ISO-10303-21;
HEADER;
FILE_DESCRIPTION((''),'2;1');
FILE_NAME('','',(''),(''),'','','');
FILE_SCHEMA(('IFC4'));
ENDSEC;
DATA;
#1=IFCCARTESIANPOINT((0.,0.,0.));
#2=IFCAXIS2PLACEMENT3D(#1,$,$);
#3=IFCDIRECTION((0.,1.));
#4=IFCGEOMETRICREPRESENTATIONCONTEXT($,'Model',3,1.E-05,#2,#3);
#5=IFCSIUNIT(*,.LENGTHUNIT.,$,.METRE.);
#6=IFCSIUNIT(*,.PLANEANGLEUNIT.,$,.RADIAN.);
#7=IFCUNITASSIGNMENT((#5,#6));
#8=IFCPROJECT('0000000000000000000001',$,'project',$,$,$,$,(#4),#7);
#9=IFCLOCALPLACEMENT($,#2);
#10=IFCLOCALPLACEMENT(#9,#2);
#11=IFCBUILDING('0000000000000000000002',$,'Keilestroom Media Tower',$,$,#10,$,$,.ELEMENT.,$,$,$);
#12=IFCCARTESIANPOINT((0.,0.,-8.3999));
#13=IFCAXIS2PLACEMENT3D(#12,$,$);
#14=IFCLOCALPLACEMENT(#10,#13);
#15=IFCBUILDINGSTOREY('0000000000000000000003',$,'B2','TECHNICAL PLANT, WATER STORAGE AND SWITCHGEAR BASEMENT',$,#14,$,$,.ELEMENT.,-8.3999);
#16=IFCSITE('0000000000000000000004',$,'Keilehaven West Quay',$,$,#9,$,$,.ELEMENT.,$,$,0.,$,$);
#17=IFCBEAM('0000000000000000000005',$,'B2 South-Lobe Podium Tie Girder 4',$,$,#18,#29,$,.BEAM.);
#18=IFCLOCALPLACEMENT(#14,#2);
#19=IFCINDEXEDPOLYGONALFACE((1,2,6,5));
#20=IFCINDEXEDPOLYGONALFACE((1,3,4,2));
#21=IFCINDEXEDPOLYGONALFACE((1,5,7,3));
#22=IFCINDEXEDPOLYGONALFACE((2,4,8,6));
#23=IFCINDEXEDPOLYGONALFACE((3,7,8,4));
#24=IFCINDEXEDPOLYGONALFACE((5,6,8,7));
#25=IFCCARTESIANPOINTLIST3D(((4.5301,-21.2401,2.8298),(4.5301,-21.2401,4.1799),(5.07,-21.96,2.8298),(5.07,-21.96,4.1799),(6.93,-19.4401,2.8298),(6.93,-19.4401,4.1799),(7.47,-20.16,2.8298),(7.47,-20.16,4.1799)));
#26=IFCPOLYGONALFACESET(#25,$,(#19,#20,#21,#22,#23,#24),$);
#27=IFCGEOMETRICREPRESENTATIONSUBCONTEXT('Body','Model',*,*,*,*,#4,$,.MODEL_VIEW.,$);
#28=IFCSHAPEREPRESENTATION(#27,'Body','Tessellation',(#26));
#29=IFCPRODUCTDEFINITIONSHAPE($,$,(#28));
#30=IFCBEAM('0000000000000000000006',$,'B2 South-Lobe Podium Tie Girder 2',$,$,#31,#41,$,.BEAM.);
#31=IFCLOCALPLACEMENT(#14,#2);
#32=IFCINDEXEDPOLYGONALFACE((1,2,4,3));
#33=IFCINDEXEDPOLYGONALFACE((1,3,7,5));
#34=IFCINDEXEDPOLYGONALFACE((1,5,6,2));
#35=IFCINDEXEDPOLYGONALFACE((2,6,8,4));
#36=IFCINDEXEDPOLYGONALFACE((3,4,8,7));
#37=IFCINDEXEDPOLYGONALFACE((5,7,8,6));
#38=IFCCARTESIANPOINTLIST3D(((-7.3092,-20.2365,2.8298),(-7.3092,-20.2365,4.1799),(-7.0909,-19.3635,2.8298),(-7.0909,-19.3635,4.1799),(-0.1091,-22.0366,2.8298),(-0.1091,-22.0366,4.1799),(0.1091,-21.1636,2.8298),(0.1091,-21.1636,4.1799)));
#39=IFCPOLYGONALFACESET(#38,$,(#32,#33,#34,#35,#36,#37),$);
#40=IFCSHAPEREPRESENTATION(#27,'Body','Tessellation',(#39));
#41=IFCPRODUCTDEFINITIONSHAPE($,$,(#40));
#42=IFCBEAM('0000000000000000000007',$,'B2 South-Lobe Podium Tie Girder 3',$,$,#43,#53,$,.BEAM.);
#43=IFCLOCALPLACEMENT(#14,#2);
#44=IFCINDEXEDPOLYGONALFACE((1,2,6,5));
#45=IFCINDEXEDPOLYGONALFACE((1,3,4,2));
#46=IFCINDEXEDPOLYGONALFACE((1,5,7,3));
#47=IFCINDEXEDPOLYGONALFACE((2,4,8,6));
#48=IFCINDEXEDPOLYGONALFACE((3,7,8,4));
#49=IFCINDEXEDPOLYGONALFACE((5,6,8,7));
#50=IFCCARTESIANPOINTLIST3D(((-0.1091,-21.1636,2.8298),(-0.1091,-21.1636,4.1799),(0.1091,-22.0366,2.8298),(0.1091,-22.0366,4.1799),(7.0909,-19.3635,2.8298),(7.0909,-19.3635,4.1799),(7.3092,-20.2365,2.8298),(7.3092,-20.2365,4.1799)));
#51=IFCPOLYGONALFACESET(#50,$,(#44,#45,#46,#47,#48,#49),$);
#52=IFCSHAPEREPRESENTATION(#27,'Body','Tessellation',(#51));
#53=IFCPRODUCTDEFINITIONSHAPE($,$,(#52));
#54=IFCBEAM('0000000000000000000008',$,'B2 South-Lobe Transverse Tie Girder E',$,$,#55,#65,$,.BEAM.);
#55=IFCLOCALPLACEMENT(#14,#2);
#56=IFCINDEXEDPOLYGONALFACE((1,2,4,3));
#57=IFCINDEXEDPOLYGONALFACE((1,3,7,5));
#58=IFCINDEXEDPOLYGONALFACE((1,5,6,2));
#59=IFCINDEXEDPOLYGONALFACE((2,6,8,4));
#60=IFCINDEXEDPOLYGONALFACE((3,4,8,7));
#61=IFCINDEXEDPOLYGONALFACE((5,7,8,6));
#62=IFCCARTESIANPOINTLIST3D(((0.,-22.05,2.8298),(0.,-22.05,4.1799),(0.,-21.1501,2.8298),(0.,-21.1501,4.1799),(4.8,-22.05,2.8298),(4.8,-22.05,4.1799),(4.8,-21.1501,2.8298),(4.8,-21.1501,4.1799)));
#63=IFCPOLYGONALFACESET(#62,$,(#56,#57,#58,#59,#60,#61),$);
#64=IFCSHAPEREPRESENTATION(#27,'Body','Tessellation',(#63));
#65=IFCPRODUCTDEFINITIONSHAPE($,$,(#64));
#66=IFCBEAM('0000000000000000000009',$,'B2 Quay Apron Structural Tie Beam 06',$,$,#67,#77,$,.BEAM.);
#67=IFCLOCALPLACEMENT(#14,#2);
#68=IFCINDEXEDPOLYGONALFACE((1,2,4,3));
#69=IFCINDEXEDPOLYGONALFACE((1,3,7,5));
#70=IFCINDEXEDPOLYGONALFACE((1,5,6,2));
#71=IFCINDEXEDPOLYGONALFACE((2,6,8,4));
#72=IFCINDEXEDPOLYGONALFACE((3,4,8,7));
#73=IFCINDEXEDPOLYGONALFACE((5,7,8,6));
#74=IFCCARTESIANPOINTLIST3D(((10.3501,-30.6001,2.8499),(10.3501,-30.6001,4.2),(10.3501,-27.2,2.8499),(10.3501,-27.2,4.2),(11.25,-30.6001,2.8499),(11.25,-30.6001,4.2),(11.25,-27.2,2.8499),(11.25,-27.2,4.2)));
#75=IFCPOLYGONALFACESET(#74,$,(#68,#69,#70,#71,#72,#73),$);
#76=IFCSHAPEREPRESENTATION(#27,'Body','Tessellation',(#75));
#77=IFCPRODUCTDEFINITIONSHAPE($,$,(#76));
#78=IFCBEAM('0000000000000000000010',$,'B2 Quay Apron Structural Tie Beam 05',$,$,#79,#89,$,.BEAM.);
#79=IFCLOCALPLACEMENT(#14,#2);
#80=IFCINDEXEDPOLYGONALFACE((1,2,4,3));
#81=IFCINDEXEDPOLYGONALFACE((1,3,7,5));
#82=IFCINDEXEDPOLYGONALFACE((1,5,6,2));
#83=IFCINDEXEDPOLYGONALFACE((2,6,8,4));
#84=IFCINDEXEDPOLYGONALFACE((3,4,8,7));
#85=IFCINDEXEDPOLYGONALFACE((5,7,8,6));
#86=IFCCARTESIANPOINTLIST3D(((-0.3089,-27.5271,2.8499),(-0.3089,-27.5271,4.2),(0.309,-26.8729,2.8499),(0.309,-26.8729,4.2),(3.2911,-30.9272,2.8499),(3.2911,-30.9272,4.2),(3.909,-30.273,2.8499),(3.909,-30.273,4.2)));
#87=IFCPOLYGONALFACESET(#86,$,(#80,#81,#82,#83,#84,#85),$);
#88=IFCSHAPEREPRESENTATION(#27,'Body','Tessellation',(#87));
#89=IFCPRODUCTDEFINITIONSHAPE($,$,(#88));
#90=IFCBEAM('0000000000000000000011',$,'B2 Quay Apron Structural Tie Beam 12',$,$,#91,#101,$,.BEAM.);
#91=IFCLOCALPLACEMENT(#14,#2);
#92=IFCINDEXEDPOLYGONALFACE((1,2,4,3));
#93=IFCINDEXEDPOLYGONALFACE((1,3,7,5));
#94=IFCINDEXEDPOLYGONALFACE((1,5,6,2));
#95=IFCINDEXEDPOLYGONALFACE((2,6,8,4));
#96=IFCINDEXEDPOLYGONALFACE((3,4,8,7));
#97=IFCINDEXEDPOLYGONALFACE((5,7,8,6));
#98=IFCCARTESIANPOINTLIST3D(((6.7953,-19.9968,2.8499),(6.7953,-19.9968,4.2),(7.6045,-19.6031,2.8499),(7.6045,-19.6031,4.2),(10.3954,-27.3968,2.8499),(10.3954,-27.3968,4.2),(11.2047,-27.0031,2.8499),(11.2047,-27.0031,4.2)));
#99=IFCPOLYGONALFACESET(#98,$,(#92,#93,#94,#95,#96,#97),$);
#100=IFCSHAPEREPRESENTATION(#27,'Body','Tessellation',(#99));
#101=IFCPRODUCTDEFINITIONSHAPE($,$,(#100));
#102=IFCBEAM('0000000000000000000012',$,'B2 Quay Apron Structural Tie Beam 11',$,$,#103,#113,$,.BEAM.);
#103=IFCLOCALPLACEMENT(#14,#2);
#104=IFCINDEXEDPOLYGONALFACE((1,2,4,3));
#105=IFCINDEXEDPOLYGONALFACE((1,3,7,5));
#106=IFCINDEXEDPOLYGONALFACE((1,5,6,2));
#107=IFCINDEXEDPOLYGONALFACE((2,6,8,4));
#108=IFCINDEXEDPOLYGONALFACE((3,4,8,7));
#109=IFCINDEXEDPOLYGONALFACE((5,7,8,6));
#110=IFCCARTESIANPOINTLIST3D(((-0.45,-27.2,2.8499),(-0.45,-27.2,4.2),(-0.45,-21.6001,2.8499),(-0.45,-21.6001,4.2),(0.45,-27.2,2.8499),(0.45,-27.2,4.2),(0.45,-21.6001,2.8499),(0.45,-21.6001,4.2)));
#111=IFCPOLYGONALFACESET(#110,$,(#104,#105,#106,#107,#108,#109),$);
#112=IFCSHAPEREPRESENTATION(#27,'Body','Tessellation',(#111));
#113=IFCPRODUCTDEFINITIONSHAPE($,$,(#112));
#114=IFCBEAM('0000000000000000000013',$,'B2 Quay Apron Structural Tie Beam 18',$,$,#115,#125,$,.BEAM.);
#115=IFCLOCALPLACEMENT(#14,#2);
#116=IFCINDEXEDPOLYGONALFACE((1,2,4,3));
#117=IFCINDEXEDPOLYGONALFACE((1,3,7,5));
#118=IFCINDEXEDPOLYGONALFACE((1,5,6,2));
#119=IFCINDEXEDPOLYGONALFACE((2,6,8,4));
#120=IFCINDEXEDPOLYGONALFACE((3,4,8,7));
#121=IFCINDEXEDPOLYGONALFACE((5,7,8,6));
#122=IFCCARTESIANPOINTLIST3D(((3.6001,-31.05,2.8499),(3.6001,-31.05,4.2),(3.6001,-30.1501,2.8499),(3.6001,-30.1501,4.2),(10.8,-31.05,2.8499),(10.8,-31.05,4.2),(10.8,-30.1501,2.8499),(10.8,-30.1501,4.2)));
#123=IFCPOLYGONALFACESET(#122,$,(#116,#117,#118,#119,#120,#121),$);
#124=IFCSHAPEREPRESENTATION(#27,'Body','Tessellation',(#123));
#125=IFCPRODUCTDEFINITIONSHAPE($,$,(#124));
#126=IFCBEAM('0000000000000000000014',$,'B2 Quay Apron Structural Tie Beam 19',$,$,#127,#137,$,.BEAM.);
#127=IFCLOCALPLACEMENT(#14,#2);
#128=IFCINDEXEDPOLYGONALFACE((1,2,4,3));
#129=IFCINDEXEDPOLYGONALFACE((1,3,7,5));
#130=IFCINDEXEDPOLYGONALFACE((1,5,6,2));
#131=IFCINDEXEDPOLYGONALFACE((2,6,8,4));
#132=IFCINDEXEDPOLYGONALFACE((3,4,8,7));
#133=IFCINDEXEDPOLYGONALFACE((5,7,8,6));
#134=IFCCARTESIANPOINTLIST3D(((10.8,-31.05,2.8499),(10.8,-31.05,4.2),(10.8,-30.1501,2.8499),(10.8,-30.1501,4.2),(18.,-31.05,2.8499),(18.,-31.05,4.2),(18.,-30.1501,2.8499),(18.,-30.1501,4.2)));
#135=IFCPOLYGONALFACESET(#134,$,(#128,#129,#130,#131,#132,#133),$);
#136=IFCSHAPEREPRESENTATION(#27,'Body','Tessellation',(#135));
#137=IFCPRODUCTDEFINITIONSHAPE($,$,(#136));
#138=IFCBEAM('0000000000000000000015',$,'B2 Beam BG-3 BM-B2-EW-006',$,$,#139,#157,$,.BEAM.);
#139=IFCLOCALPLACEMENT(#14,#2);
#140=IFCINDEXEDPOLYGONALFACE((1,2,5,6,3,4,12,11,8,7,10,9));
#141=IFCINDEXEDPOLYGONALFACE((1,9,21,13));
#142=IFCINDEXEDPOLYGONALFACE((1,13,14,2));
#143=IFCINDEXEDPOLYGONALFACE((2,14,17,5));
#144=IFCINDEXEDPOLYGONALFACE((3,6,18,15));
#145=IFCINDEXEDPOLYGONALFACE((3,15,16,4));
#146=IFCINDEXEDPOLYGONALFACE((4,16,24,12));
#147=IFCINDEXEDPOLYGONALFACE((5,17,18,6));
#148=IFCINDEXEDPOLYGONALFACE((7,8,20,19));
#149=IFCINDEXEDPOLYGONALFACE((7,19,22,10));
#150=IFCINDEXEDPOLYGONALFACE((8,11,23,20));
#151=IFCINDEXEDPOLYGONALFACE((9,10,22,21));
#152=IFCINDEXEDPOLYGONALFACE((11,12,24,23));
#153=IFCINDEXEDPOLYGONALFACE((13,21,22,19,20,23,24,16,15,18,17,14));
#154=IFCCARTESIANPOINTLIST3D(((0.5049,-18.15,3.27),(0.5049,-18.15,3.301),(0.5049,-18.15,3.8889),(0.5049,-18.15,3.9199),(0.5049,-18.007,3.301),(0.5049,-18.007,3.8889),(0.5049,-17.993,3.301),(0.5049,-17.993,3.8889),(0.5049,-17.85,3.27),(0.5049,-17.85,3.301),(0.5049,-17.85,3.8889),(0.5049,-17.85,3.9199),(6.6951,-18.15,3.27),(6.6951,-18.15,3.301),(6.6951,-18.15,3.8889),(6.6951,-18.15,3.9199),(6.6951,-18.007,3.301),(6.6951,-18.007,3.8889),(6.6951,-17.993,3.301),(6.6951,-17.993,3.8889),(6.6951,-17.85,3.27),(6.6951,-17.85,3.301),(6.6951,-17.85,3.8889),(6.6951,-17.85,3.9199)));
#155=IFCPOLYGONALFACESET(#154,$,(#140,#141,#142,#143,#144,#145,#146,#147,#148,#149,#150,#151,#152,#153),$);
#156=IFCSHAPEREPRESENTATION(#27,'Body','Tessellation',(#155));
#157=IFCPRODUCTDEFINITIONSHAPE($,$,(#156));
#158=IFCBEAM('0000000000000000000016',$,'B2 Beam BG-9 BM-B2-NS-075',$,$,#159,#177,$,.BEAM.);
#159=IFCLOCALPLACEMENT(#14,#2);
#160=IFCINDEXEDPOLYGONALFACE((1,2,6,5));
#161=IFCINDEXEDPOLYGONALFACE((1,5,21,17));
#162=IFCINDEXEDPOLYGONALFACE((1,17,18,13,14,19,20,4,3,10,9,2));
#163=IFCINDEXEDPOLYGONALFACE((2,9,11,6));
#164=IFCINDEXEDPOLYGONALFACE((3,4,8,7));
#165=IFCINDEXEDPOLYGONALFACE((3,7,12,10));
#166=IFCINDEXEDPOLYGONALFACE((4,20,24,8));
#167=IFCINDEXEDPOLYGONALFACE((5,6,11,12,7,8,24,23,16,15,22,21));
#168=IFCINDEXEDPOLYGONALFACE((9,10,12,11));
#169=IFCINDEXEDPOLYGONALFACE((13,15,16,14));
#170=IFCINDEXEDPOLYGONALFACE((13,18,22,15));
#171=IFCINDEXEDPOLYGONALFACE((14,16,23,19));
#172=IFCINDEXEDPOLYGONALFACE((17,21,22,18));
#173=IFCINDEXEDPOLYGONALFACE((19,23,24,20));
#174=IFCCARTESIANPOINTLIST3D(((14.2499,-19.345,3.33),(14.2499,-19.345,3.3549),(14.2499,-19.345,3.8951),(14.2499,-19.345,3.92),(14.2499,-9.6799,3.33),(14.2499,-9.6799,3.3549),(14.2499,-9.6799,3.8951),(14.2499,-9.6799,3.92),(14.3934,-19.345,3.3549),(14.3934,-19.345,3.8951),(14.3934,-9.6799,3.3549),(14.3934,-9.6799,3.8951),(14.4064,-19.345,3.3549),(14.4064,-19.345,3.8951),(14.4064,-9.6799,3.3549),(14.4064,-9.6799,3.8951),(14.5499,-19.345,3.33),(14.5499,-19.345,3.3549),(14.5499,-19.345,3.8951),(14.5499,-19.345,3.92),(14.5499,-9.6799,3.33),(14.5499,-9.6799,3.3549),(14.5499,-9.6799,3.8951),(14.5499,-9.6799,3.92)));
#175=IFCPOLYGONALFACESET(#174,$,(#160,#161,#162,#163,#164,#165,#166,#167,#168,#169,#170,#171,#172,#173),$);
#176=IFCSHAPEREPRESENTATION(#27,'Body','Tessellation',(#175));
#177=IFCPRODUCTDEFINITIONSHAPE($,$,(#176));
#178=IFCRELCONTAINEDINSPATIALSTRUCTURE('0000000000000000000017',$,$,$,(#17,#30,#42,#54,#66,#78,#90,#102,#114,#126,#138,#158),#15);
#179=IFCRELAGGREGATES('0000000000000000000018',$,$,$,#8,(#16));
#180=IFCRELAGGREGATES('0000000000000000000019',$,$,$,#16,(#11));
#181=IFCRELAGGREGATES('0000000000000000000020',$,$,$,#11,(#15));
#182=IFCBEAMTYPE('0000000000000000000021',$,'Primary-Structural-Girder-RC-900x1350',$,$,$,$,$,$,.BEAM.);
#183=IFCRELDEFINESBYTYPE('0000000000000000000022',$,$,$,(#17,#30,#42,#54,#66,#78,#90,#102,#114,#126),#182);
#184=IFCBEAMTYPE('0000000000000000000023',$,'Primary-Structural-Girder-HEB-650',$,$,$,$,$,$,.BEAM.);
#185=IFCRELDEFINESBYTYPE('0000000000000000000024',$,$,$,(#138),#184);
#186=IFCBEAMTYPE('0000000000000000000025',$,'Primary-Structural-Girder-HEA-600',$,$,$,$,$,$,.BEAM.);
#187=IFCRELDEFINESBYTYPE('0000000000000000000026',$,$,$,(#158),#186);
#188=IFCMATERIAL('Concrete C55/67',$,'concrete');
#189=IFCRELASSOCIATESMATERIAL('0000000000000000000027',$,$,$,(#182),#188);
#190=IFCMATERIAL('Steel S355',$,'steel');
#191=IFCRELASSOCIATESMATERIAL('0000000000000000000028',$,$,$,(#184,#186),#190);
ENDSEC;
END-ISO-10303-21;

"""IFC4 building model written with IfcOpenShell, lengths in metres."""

from ifc_helpers import new_model, si_unit, direction, frame, origin, origin_2d, place, context, subcontext, project, spatial, rectangle, i_section, extrude, source, transform, mapped, material, material_profile, profile_set, type_object, element, save


model = new_model("IFC4")

# Units and contexts
model_context = context("Model", 3, precision=1e-05, world=origin(), true_north=direction((0.0, 1.0)))
body_context = subcontext(model_context, "Body", "Model", "MODEL_VIEW")
ifc_project = project(units=[si_unit("LENGTHUNIT", "METRE"), si_unit("PLANEANGLEUNIT", "RADIAN")], contexts=[model_context])

# Site, building, storey
site_placement = place(None, origin())
site = spatial("IfcSite", under=ifc_project, at=site_placement, Name="Keilehaven West Quay", CompositionType="ELEMENT", RefElevation=0.0)
building_placement = place(site_placement, origin())
building = spatial("IfcBuilding", under=site, at=building_placement, Name="Keilestroom Media Tower", CompositionType="ELEMENT")
storey_placement = place(building_placement, frame((0.0, 0.0, -8.3999)))
storey = spatial("IfcBuildingStorey", under=building, at=storey_placement, Name="B2", Description="TECHNICAL PLANT, WATER STORAGE AND SWITCHGEAR BASEMENT", CompositionType="ELEMENT", Elevation=-8.3999)

# Shared definitions
ifc_material_1 = material(Name="Concrete C55/67", Category="concrete")

# Beams
ifc_material_profile_1 = material_profile(ifc_material_1, rectangle(XDim=0.8999, YDim=1.3501, at=origin_2d()), Name="RC 900x1350")
ifc_profile_set_1 = profile_set([ifc_material_profile_1], Name="Concrete C55/67")
beam_type_1 = type_object("IfcBeamType", Name="Primary-Structural-Girder-RC-900x1350", PredefinedType="BEAM", material=ifc_profile_set_1)
shared_shape_1 = source(origin(), body_context, "Body", "SweptSolid", [
    extrude(rectangle(XDim=0.8999, YDim=1.3501, at=origin_2d()), origin(), (0.0, 0.0, 1.0), 3.0),
])
beam_1_placement = place(storey_placement, frame((4.8, -21.6001, 3.5049), z_axis=(0.79998, 0.600026, 0.0), x_axis=(-0.600026, 0.79998, 0.0)))
element("IfcBeam", 1, at=beam_1_placement, inside=storey, type_object=beam_type_1, Name="B2 South-Lobe Podium Tie Girder 4", PredefinedType="BEAM", context=body_context, shape_type="MappedRepresentation", body=[
    mapped(shared_shape_1, transform((0.0, 0.0, 0.0), x_axis=(1.0, 0.0, 0.0), y_axis=(0.0, 1.0, 0.0), z_axis=(0.0, 0.0, 1.0), scale=1.0)),
])
shared_shape_2 = source(origin(), body_context, "Body", "SweptSolid", [
    extrude(rectangle(XDim=0.8999, YDim=1.3501, at=origin_2d()), origin(), (0.0, 0.0, 1.0), 7.4216),
])
for number, where, z_axis, x_axis, name in (
    (2, (0.0, -21.6001, 3.5049), (-0.970141, 0.242543, 0.0), (-0.242543, -0.970141, 0.0), "B2 South-Lobe Podium Tie Girder 2"),
    (3, (0.0, -21.6001, 3.5049), (0.970141, 0.242543, 0.0), (-0.242543, 0.970141, 0.0), "B2 South-Lobe Podium Tie Girder 3"),
):
    element("IfcBeam", number, at=place(storey_placement, frame(where, z_axis=z_axis, x_axis=x_axis)), inside=storey, type_object=beam_type_1, Name=name, PredefinedType="BEAM", context=body_context, shape_type="MappedRepresentation", body=[
        mapped(shared_shape_2, transform((0.0, 0.0, 0.0), x_axis=(1.0, 0.0, 0.0), y_axis=(0.0, 1.0, 0.0), z_axis=(0.0, 0.0, 1.0), scale=1.0)),
    ])
shared_shape_3 = source(origin(), body_context, "Body", "SweptSolid", [
    extrude(rectangle(XDim=0.8999, YDim=1.3501, at=origin_2d()), origin(), (0.0, 0.0, 1.0), 4.8),
])
beam_2_placement = place(storey_placement, frame((0.0, -21.6001, 3.5049), z_axis=(1.0, 0.0, 0.0), x_axis=(0.0, 1.0, 0.0)))
element("IfcBeam", 4, at=beam_2_placement, inside=storey, type_object=beam_type_1, Name="B2 South-Lobe Transverse Tie Girder E", PredefinedType="BEAM", context=body_context, shape_type="MappedRepresentation", body=[
    mapped(shared_shape_3, transform((0.0, 0.0, 0.0), x_axis=(1.0, 0.0, 0.0), y_axis=(0.0, 1.0, 0.0), z_axis=(0.0, 0.0, 1.0), scale=1.0)),
])
shared_shape_4 = source(origin(), body_context, "Body", "SweptSolid", [
    extrude(rectangle(XDim=0.8999, YDim=1.3501, at=origin_2d()), origin(), (0.0, 0.0, 1.0), 3.4001),
])
beam_3_placement = place(storey_placement, frame((10.8, -30.6001, 3.5249), z_axis=(0.0, 1.0, 0.0), x_axis=(-1.0, 0.0, 0.0)))
element("IfcBeam", 5, at=beam_3_placement, inside=storey, type_object=beam_type_1, Name="B2 Quay Apron Structural Tie Beam 06", PredefinedType="BEAM", context=body_context, shape_type="MappedRepresentation", body=[
    mapped(shared_shape_4, transform((0.0, 0.0, 0.0), x_axis=(1.0, 0.0, 0.0), y_axis=(0.0, 1.0, 0.0), z_axis=(0.0, 0.0, 1.0), scale=1.0)),
])
shared_shape_5 = source(origin(), body_context, "Body", "SweptSolid", [
    extrude(rectangle(XDim=0.8999, YDim=1.3501, at=origin_2d()), origin(), (0.0, 0.0, 1.0), 4.9519),
])
beam_4_placement = place(storey_placement, frame((3.6001, -30.6001, 3.5249), z_axis=(-0.727008, 0.686629, 0.0), x_axis=(-0.686629, -0.727008, 0.0)))
element("IfcBeam", 6, at=beam_4_placement, inside=storey, type_object=beam_type_1, Name="B2 Quay Apron Structural Tie Beam 05", PredefinedType="BEAM", context=body_context, shape_type="MappedRepresentation", body=[
    mapped(shared_shape_5, transform((0.0, 0.0, 0.0), x_axis=(1.0, 0.0, 0.0), y_axis=(0.0, 1.0, 0.0), z_axis=(0.0, 0.0, 1.0), scale=1.0)),
])
shared_shape_6 = source(origin(), body_context, "Body", "SweptSolid", [
    extrude(rectangle(XDim=0.8999, YDim=1.3501, at=origin_2d()), origin(), (0.0, 0.0, 1.0), 8.2292),
])
beam_5_placement = place(storey_placement, frame((10.8, -27.2, 3.5249), z_axis=(-0.43748, 0.899228, 0.0), x_axis=(-0.899228, -0.43748, 0.0)))
element("IfcBeam", 7, at=beam_5_placement, inside=storey, type_object=beam_type_1, Name="B2 Quay Apron Structural Tie Beam 12", PredefinedType="BEAM", context=body_context, shape_type="MappedRepresentation", body=[
    mapped(shared_shape_6, transform((0.0, 0.0, 0.0), x_axis=(1.0, 0.0, 0.0), y_axis=(0.0, 1.0, 0.0), z_axis=(0.0, 0.0, 1.0), scale=1.0)),
])
shared_shape_7 = source(origin(), body_context, "Body", "SweptSolid", [
    extrude(rectangle(XDim=0.8999, YDim=1.3501, at=origin_2d()), origin(), (0.0, 0.0, 1.0), 5.5999),
])
beam_6_placement = place(storey_placement, frame((0.0, -27.2, 3.5249), z_axis=(0.0, 1.0, 0.0), x_axis=(-1.0, 0.0, 0.0)))
element("IfcBeam", 8, at=beam_6_placement, inside=storey, type_object=beam_type_1, Name="B2 Quay Apron Structural Tie Beam 11", PredefinedType="BEAM", context=body_context, shape_type="MappedRepresentation", body=[
    mapped(shared_shape_7, transform((0.0, 0.0, 0.0), x_axis=(1.0, 0.0, 0.0), y_axis=(0.0, 1.0, 0.0), z_axis=(0.0, 0.0, 1.0), scale=1.0)),
])
shared_shape_8 = source(origin(), body_context, "Body", "SweptSolid", [
    extrude(rectangle(XDim=0.8999, YDim=1.3501, at=origin_2d()), origin(), (0.0, 0.0, 1.0), 7.2),
])
for number, where, z_axis, x_axis, name in (
    (9, (3.6001, -30.6001, 3.5249), (1.0, 0.0, 0.0), (0.0, 1.0, 0.0), "B2 Quay Apron Structural Tie Beam 18"),
    (10, (10.8, -30.6001, 3.5249), (1.0, 0.0, 0.0), (0.0, 1.0, 0.0), "B2 Quay Apron Structural Tie Beam 19"),
):
    element("IfcBeam", number, at=place(storey_placement, frame(where, z_axis=z_axis, x_axis=x_axis)), inside=storey, type_object=beam_type_1, Name=name, PredefinedType="BEAM", context=body_context, shape_type="MappedRepresentation", body=[
        mapped(shared_shape_8, transform((0.0, 0.0, 0.0), x_axis=(1.0, 0.0, 0.0), y_axis=(0.0, 1.0, 0.0), z_axis=(0.0, 0.0, 1.0), scale=1.0)),
    ])
ifc_material_2 = material(Name="Steel S355", Category="steel")
ifc_material_profile_2 = material_profile(ifc_material_2, i_section(OverallWidth=0.3, OverallDepth=0.6499, WebThickness=0.0139, FlangeThickness=0.031, at=origin_2d()), Name="HEB 650")
ifc_profile_set_2 = profile_set([ifc_material_profile_2], Name="Steel S355")
beam_type_2 = type_object("IfcBeamType", Name="Primary-Structural-Girder-HEB-650", PredefinedType="BEAM", material=ifc_profile_set_2)
shared_shape_9 = source(origin(), body_context, "Body", "SweptSolid", [
    extrude(i_section(OverallWidth=0.3, OverallDepth=0.6499, WebThickness=0.0139, FlangeThickness=0.031, at=origin_2d()), origin(), (0.0, 0.0, 1.0), 6.1902),
])
beam_7_placement = place(storey_placement, frame((0.5049, -18.0, 3.595), z_axis=(1.0, 0.0, 0.0), x_axis=(0.0, 1.0, 0.0)))
element("IfcBeam", 11, at=beam_7_placement, inside=storey, type_object=beam_type_2, Name="B2 Beam BG-3 BM-B2-EW-006", PredefinedType="BEAM", context=body_context, shape_type="MappedRepresentation", body=[
    mapped(shared_shape_9, transform((0.0, 0.0, 0.0), x_axis=(1.0, 0.0, 0.0), y_axis=(0.0, 1.0, 0.0), z_axis=(0.0, 0.0, 1.0), scale=1.0)),
])
ifc_material_profile_3 = material_profile(ifc_material_2, i_section(OverallWidth=0.3, OverallDepth=0.5901, WebThickness=0.0129, FlangeThickness=0.0249, at=origin_2d()), Name="HEA 600")
ifc_profile_set_3 = profile_set([ifc_material_profile_3], Name="Steel S355")
beam_type_3 = type_object("IfcBeamType", Name="Primary-Structural-Girder-HEA-600", PredefinedType="BEAM", material=ifc_profile_set_3)
shared_shape_10 = source(origin(), body_context, "Body", "SweptSolid", [
    extrude(i_section(OverallWidth=0.3, OverallDepth=0.5901, WebThickness=0.0129, FlangeThickness=0.0249, at=origin_2d()), origin(), (0.0, 0.0, 1.0), 9.665),
])
beam_8_placement = place(storey_placement, frame((14.3999, -19.345, 3.625), z_axis=(0.0, 1.0, 0.0), x_axis=(-1.0, 0.0, 0.0)))
element("IfcBeam", 12, at=beam_8_placement, inside=storey, type_object=beam_type_3, Name="B2 Beam BG-9 BM-B2-NS-075", PredefinedType="BEAM", context=body_context, shape_type="MappedRepresentation", body=[
    mapped(shared_shape_10, transform((0.0, 0.0, 0.0), x_axis=(1.0, 0.0, 0.0), y_axis=(0.0, 1.0, 0.0), z_axis=(0.0, 0.0, 1.0), scale=1.0)),
])

save(model, "model.ifc")
